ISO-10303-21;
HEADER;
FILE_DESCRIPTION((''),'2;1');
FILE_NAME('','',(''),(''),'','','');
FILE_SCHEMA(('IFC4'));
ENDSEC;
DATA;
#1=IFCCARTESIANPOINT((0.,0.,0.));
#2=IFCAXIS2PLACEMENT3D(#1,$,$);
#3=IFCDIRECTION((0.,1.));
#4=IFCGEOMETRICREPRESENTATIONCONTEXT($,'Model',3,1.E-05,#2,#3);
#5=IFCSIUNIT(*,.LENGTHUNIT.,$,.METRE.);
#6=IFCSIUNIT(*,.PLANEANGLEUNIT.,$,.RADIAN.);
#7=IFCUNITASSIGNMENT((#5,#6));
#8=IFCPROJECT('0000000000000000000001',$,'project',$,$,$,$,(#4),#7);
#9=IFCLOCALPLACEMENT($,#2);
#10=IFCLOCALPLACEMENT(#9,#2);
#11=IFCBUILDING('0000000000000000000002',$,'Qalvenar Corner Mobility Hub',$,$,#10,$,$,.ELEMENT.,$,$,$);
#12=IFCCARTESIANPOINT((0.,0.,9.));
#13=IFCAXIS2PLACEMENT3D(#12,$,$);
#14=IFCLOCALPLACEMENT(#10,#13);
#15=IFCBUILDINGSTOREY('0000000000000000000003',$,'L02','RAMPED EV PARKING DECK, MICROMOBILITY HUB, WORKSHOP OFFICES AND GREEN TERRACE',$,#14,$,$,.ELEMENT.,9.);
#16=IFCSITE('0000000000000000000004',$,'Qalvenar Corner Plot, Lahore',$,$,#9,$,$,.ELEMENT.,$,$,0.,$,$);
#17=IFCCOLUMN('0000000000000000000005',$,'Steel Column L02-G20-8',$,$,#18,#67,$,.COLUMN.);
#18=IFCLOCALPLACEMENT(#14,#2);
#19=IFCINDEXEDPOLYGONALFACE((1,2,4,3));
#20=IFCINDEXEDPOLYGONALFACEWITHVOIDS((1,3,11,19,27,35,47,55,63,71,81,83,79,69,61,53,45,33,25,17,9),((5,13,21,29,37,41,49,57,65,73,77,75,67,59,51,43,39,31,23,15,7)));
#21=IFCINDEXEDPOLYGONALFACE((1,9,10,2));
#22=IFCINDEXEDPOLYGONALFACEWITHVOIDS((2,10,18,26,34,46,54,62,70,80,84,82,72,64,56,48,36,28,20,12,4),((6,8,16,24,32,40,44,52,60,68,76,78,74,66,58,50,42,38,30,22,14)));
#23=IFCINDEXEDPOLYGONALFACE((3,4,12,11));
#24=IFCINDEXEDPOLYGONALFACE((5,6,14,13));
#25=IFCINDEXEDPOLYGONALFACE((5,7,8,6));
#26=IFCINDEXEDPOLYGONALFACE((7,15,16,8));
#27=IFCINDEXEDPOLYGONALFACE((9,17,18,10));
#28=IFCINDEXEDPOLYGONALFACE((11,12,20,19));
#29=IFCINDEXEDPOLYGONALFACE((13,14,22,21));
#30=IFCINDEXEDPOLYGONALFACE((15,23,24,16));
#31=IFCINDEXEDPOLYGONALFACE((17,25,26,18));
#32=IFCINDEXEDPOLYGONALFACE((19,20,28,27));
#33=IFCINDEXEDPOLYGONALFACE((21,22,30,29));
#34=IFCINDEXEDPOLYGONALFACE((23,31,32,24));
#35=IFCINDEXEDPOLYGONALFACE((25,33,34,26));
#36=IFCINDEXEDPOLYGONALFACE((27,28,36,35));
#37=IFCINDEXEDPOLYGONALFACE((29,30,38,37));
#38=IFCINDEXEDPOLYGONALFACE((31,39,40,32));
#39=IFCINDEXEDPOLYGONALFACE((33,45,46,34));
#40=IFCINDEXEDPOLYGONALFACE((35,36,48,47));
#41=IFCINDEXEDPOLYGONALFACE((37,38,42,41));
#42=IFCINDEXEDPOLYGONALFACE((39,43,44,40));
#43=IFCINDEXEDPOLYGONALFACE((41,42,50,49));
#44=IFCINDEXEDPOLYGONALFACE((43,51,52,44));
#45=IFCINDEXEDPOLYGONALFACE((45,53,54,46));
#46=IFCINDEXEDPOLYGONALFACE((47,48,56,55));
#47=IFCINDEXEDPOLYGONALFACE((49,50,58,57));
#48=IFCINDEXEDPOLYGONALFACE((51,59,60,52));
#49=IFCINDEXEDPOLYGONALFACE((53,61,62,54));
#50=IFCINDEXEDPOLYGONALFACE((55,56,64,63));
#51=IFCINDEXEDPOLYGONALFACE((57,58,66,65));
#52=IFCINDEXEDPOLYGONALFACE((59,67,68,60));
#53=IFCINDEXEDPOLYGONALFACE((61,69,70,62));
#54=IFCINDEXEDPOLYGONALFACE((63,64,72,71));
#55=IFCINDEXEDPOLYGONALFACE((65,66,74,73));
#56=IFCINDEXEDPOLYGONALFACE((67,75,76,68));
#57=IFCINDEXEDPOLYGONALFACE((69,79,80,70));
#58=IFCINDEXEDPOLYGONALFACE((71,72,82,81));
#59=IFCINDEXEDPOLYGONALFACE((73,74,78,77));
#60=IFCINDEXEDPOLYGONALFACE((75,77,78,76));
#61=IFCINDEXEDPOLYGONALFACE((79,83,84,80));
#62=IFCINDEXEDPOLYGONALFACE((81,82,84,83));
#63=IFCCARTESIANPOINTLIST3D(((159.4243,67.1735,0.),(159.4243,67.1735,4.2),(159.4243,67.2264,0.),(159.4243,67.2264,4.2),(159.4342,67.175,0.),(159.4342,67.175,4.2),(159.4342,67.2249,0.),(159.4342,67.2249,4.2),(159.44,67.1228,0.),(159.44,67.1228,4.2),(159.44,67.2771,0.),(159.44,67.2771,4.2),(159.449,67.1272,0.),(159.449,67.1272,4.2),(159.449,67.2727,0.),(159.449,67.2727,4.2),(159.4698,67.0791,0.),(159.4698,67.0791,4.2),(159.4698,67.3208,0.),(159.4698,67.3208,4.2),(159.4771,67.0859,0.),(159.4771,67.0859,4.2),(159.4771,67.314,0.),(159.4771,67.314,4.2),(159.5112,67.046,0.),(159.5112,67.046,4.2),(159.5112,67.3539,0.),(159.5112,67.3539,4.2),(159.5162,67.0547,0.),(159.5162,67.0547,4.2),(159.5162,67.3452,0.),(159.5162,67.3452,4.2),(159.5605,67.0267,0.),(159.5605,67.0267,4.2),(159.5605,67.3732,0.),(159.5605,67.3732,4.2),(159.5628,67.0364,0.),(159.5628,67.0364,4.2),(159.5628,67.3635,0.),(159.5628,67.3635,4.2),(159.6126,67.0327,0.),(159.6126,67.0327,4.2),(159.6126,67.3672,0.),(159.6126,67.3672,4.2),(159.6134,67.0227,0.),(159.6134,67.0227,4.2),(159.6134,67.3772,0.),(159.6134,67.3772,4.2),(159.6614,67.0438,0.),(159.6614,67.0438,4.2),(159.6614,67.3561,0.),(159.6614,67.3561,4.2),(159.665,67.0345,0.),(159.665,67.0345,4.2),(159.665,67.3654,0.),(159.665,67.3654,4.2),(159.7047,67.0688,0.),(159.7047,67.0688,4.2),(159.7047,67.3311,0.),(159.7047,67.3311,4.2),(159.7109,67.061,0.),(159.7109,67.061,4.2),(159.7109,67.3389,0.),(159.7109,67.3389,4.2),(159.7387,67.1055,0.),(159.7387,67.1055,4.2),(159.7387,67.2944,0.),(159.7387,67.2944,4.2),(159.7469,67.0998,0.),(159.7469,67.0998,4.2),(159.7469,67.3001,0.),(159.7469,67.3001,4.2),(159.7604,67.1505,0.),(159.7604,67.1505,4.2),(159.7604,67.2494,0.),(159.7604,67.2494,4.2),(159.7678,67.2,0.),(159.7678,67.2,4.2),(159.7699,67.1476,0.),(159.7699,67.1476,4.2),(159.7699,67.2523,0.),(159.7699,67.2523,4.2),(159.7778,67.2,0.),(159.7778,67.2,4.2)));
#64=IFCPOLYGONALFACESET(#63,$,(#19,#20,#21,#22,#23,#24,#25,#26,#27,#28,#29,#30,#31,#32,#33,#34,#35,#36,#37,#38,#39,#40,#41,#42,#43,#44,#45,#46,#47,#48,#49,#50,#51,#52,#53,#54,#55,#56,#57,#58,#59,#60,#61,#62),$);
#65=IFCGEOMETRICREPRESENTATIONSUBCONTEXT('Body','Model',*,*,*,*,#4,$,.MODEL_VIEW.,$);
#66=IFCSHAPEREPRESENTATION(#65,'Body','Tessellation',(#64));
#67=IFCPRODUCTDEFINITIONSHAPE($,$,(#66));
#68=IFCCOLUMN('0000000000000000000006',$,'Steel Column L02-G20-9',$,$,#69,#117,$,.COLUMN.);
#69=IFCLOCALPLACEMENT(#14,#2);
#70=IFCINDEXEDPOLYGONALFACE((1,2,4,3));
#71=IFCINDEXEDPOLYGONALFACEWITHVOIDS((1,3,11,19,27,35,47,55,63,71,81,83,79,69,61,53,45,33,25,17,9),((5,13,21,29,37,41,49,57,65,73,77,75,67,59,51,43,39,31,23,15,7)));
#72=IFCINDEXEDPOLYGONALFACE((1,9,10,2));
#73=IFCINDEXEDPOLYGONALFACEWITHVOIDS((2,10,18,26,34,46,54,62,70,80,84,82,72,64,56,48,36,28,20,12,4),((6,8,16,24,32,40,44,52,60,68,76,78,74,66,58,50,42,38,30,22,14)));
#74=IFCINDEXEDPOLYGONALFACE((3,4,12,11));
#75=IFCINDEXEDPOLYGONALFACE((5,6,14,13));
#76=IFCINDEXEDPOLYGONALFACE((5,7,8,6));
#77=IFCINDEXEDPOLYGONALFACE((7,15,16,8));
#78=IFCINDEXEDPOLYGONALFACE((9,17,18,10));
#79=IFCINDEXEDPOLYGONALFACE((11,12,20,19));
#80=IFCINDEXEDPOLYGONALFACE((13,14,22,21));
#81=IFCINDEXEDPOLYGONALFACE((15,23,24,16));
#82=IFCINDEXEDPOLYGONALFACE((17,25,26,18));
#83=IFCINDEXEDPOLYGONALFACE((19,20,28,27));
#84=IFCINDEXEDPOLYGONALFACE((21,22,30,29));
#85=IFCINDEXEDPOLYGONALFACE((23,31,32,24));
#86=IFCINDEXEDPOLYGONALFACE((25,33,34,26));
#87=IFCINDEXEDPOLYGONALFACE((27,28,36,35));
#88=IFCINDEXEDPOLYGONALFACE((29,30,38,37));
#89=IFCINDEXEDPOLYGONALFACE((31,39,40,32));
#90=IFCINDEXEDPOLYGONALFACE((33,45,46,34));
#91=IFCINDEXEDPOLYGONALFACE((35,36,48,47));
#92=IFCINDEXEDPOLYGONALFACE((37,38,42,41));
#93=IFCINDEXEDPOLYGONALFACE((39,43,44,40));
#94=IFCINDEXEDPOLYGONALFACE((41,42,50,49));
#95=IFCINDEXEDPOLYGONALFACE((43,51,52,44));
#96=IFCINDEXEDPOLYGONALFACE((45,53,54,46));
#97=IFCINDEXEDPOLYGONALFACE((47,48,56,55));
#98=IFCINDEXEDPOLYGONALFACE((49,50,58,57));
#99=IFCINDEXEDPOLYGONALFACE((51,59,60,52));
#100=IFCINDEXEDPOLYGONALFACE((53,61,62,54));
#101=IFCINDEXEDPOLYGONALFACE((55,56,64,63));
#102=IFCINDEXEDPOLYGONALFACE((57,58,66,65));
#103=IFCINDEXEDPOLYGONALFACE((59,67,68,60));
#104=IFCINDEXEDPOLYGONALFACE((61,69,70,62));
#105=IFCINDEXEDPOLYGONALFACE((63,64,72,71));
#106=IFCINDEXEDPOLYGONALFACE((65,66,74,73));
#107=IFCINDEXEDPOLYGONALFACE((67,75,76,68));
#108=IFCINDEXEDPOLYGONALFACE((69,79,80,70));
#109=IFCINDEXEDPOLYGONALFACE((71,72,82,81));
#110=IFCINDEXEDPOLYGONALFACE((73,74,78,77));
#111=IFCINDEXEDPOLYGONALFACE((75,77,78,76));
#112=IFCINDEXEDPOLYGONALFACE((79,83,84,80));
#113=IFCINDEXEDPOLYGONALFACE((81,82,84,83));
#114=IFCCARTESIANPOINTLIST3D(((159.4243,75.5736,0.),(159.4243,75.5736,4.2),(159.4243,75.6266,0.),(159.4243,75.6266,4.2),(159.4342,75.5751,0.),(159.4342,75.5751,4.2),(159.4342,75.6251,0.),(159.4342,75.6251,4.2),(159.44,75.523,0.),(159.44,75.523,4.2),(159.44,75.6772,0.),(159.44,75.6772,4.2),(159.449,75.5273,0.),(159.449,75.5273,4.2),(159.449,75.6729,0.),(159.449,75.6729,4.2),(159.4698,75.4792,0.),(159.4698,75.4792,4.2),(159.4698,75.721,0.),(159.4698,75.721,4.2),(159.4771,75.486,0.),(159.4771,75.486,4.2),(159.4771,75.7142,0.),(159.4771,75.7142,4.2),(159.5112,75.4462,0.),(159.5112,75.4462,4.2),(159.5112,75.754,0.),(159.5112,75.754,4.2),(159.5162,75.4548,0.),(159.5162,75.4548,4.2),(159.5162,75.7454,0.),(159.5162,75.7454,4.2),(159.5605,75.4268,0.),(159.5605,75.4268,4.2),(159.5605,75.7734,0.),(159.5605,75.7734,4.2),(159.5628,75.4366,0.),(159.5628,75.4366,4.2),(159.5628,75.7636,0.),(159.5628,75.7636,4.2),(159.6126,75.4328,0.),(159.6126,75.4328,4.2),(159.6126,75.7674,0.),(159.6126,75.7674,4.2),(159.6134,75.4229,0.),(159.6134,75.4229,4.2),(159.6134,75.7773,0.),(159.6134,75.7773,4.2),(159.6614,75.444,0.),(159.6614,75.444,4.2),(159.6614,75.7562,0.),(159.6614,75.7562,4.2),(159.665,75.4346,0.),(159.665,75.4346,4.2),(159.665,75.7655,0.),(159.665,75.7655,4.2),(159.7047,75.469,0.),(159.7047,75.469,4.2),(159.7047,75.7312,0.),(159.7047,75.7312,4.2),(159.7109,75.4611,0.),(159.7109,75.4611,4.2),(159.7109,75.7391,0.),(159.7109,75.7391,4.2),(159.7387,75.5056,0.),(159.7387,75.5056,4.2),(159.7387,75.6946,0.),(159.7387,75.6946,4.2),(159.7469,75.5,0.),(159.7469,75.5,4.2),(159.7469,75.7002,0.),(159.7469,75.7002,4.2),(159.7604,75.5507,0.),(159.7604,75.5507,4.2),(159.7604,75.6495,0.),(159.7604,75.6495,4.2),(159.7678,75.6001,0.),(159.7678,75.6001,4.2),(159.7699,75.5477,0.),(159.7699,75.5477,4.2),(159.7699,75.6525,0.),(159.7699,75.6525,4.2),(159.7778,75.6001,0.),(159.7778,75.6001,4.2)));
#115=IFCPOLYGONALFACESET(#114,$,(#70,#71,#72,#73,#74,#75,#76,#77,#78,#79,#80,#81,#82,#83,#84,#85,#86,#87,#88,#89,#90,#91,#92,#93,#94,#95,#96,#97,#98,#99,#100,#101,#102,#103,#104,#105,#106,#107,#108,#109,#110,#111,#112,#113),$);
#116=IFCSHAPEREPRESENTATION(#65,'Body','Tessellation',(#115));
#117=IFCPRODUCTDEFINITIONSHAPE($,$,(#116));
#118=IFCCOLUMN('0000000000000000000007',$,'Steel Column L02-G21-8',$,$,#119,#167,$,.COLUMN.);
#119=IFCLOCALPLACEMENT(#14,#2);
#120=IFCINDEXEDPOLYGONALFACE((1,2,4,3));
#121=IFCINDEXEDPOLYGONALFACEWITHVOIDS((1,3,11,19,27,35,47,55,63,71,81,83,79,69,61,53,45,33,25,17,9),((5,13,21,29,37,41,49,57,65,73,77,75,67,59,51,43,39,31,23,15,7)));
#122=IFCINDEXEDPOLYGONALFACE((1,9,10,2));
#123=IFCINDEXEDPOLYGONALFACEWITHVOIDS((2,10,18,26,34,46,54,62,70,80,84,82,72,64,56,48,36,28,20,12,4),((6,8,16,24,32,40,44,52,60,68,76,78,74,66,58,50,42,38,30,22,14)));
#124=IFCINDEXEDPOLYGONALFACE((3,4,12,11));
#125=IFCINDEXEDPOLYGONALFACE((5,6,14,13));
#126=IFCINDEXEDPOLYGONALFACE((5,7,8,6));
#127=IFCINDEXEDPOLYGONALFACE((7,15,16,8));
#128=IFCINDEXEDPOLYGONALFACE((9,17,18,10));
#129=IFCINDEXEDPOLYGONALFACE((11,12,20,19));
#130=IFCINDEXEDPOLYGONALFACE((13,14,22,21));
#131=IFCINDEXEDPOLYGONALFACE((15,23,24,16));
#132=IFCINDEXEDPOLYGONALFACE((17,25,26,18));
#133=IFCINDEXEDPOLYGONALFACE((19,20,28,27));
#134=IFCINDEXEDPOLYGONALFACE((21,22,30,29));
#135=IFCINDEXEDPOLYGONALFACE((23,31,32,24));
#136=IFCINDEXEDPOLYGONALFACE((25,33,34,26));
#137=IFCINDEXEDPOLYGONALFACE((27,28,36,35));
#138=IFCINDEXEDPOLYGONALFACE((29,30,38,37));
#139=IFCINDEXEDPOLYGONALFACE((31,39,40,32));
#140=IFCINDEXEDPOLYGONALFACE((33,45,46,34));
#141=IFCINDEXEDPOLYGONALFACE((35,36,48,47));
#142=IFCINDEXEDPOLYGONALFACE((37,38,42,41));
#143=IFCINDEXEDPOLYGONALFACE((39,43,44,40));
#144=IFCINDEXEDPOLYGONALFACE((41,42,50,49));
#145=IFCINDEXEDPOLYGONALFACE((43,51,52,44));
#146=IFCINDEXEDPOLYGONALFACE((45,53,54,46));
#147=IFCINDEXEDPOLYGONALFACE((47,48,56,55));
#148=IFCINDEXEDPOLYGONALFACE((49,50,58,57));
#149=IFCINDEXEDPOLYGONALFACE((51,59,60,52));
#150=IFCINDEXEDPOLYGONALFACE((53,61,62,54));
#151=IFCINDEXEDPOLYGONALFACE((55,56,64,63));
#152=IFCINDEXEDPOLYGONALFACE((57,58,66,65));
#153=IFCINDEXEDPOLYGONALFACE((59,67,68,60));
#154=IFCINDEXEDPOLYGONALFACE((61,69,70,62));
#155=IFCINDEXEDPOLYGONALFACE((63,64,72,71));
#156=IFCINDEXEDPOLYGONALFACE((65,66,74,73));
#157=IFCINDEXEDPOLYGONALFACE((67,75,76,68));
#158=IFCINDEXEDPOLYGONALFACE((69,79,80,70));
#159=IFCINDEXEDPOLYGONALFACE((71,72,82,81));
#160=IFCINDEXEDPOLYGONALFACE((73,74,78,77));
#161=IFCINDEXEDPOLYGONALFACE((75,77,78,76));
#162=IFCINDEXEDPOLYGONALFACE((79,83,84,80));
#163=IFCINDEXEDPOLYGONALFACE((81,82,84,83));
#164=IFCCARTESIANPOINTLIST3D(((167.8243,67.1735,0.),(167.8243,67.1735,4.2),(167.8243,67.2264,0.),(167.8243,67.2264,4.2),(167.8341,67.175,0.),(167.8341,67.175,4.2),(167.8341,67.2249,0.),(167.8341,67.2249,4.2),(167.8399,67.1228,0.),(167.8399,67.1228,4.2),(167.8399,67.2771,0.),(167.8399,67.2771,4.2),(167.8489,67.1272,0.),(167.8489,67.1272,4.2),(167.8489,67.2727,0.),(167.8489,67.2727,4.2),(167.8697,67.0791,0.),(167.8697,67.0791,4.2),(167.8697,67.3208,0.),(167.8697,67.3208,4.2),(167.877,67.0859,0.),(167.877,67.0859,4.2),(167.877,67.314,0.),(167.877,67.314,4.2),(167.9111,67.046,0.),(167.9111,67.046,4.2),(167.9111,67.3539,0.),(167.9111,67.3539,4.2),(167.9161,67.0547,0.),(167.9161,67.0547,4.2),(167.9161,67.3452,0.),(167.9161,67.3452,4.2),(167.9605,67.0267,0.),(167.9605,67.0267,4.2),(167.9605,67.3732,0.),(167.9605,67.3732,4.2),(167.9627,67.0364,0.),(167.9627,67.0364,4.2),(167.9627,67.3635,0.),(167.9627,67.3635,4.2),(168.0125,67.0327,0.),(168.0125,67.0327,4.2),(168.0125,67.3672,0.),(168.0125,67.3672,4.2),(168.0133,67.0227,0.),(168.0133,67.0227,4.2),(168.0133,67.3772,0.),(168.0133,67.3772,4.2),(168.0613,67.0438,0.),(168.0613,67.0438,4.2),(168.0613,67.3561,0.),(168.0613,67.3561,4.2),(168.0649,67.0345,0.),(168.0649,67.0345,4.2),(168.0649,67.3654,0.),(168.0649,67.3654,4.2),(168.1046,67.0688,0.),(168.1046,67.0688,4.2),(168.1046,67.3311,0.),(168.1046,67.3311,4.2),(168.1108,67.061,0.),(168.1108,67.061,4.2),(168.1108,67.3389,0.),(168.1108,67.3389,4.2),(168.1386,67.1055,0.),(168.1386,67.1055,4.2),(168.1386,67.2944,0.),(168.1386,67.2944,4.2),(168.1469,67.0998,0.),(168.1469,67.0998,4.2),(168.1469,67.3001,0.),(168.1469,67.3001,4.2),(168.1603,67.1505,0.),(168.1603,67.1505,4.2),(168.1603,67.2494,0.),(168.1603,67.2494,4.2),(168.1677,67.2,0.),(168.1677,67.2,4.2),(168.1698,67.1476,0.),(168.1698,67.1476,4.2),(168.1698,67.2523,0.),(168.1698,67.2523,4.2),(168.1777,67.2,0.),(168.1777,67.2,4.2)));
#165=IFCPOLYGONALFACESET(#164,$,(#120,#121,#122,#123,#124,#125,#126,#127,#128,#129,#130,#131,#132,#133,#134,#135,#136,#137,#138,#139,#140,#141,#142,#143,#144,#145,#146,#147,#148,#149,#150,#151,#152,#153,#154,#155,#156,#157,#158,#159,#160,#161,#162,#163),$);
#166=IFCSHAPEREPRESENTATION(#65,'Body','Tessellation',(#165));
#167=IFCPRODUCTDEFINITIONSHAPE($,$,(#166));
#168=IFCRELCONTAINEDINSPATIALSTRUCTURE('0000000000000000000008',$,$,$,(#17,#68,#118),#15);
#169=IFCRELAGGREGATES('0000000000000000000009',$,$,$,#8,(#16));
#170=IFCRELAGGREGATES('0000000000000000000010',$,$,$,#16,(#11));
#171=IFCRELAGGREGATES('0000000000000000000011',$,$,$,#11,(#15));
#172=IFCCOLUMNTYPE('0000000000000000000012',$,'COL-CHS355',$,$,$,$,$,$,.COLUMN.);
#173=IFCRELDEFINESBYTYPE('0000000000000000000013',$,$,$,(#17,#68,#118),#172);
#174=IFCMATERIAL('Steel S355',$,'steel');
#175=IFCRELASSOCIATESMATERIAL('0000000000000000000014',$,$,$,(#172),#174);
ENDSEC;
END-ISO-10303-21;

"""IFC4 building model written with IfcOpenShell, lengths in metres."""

from ifc_helpers import new_model, si_unit, direction, frame, origin, origin_2d, place, context, subcontext, project, spatial, hollow_circle, extrude, material, material_profile, profile_set, type_object, element, save


model = new_model("IFC4")

# Units and contexts
model_context = context("Model", 3, precision=1e-05, world=origin(), true_north=direction((0.0, 1.0)))
body_context = subcontext(model_context, "Body", "Model", "MODEL_VIEW")
ifc_project = project(units=[si_unit("LENGTHUNIT", "METRE"), si_unit("PLANEANGLEUNIT", "RADIAN")], contexts=[model_context])

# Site, building, storey
site_placement = place(None, origin())
site = spatial("IfcSite", under=ifc_project, at=site_placement, Name="Qalvenar Corner Plot, Lahore", CompositionType="ELEMENT", RefElevation=0.0)
building_placement = place(site_placement, origin())
building = spatial("IfcBuilding", under=site, at=building_placement, Name="Qalvenar Corner Mobility Hub", CompositionType="ELEMENT")
storey_placement = place(building_placement, frame((0.0, 0.0, 9.0)))
storey = spatial("IfcBuildingStorey", under=building, at=storey_placement, Name="L02", Description="RAMPED EV PARKING DECK, MICROMOBILITY HUB, WORKSHOP OFFICES AND GREEN TERRACE", CompositionType="ELEMENT", Elevation=9.0)

# Columns
ifc_material_1 = material(Name="Steel S355", Category="steel")
ifc_material_profile_1 = material_profile(ifc_material_1, hollow_circle(Radius=0.1777, WallThickness=0.01, at=origin_2d()), Name="CHS355.6x10")
ifc_profile_set_1 = profile_set([ifc_material_profile_1], Name="Steel S355")
column_type = type_object("IfcColumnType", Name="COL-CHS355", PredefinedType="COLUMN", material=ifc_profile_set_1)
for number, where, z_axis, x_axis, name in (
    (1, (159.6001, 67.2, 0.0), (0.0, 0.0, 1.0), (1.0, 0.0, 0.0), "Steel Column L02-G20-8"),
    (2, (159.6001, 75.6001, 0.0), (0.0, 0.0, 1.0), (1.0, 0.0, 0.0), "Steel Column L02-G20-9"),
    (3, (168.0, 67.2, 0.0), (0.0, 0.0, 1.0), (1.0, 0.0, 0.0), "Steel Column L02-G21-8"),
):
    element("IfcColumn", number, at=place(storey_placement, frame(where, z_axis=z_axis, x_axis=x_axis)), inside=storey, type_object=column_type, Name=name, PredefinedType="COLUMN", context=body_context, shape_type="SweptSolid", body=[
        extrude(hollow_circle(Radius=0.1777, WallThickness=0.01, at=origin_2d()), origin(), (0.0, 0.0, 1.0), 4.2),
    ])

save(model, "model.ifc")
